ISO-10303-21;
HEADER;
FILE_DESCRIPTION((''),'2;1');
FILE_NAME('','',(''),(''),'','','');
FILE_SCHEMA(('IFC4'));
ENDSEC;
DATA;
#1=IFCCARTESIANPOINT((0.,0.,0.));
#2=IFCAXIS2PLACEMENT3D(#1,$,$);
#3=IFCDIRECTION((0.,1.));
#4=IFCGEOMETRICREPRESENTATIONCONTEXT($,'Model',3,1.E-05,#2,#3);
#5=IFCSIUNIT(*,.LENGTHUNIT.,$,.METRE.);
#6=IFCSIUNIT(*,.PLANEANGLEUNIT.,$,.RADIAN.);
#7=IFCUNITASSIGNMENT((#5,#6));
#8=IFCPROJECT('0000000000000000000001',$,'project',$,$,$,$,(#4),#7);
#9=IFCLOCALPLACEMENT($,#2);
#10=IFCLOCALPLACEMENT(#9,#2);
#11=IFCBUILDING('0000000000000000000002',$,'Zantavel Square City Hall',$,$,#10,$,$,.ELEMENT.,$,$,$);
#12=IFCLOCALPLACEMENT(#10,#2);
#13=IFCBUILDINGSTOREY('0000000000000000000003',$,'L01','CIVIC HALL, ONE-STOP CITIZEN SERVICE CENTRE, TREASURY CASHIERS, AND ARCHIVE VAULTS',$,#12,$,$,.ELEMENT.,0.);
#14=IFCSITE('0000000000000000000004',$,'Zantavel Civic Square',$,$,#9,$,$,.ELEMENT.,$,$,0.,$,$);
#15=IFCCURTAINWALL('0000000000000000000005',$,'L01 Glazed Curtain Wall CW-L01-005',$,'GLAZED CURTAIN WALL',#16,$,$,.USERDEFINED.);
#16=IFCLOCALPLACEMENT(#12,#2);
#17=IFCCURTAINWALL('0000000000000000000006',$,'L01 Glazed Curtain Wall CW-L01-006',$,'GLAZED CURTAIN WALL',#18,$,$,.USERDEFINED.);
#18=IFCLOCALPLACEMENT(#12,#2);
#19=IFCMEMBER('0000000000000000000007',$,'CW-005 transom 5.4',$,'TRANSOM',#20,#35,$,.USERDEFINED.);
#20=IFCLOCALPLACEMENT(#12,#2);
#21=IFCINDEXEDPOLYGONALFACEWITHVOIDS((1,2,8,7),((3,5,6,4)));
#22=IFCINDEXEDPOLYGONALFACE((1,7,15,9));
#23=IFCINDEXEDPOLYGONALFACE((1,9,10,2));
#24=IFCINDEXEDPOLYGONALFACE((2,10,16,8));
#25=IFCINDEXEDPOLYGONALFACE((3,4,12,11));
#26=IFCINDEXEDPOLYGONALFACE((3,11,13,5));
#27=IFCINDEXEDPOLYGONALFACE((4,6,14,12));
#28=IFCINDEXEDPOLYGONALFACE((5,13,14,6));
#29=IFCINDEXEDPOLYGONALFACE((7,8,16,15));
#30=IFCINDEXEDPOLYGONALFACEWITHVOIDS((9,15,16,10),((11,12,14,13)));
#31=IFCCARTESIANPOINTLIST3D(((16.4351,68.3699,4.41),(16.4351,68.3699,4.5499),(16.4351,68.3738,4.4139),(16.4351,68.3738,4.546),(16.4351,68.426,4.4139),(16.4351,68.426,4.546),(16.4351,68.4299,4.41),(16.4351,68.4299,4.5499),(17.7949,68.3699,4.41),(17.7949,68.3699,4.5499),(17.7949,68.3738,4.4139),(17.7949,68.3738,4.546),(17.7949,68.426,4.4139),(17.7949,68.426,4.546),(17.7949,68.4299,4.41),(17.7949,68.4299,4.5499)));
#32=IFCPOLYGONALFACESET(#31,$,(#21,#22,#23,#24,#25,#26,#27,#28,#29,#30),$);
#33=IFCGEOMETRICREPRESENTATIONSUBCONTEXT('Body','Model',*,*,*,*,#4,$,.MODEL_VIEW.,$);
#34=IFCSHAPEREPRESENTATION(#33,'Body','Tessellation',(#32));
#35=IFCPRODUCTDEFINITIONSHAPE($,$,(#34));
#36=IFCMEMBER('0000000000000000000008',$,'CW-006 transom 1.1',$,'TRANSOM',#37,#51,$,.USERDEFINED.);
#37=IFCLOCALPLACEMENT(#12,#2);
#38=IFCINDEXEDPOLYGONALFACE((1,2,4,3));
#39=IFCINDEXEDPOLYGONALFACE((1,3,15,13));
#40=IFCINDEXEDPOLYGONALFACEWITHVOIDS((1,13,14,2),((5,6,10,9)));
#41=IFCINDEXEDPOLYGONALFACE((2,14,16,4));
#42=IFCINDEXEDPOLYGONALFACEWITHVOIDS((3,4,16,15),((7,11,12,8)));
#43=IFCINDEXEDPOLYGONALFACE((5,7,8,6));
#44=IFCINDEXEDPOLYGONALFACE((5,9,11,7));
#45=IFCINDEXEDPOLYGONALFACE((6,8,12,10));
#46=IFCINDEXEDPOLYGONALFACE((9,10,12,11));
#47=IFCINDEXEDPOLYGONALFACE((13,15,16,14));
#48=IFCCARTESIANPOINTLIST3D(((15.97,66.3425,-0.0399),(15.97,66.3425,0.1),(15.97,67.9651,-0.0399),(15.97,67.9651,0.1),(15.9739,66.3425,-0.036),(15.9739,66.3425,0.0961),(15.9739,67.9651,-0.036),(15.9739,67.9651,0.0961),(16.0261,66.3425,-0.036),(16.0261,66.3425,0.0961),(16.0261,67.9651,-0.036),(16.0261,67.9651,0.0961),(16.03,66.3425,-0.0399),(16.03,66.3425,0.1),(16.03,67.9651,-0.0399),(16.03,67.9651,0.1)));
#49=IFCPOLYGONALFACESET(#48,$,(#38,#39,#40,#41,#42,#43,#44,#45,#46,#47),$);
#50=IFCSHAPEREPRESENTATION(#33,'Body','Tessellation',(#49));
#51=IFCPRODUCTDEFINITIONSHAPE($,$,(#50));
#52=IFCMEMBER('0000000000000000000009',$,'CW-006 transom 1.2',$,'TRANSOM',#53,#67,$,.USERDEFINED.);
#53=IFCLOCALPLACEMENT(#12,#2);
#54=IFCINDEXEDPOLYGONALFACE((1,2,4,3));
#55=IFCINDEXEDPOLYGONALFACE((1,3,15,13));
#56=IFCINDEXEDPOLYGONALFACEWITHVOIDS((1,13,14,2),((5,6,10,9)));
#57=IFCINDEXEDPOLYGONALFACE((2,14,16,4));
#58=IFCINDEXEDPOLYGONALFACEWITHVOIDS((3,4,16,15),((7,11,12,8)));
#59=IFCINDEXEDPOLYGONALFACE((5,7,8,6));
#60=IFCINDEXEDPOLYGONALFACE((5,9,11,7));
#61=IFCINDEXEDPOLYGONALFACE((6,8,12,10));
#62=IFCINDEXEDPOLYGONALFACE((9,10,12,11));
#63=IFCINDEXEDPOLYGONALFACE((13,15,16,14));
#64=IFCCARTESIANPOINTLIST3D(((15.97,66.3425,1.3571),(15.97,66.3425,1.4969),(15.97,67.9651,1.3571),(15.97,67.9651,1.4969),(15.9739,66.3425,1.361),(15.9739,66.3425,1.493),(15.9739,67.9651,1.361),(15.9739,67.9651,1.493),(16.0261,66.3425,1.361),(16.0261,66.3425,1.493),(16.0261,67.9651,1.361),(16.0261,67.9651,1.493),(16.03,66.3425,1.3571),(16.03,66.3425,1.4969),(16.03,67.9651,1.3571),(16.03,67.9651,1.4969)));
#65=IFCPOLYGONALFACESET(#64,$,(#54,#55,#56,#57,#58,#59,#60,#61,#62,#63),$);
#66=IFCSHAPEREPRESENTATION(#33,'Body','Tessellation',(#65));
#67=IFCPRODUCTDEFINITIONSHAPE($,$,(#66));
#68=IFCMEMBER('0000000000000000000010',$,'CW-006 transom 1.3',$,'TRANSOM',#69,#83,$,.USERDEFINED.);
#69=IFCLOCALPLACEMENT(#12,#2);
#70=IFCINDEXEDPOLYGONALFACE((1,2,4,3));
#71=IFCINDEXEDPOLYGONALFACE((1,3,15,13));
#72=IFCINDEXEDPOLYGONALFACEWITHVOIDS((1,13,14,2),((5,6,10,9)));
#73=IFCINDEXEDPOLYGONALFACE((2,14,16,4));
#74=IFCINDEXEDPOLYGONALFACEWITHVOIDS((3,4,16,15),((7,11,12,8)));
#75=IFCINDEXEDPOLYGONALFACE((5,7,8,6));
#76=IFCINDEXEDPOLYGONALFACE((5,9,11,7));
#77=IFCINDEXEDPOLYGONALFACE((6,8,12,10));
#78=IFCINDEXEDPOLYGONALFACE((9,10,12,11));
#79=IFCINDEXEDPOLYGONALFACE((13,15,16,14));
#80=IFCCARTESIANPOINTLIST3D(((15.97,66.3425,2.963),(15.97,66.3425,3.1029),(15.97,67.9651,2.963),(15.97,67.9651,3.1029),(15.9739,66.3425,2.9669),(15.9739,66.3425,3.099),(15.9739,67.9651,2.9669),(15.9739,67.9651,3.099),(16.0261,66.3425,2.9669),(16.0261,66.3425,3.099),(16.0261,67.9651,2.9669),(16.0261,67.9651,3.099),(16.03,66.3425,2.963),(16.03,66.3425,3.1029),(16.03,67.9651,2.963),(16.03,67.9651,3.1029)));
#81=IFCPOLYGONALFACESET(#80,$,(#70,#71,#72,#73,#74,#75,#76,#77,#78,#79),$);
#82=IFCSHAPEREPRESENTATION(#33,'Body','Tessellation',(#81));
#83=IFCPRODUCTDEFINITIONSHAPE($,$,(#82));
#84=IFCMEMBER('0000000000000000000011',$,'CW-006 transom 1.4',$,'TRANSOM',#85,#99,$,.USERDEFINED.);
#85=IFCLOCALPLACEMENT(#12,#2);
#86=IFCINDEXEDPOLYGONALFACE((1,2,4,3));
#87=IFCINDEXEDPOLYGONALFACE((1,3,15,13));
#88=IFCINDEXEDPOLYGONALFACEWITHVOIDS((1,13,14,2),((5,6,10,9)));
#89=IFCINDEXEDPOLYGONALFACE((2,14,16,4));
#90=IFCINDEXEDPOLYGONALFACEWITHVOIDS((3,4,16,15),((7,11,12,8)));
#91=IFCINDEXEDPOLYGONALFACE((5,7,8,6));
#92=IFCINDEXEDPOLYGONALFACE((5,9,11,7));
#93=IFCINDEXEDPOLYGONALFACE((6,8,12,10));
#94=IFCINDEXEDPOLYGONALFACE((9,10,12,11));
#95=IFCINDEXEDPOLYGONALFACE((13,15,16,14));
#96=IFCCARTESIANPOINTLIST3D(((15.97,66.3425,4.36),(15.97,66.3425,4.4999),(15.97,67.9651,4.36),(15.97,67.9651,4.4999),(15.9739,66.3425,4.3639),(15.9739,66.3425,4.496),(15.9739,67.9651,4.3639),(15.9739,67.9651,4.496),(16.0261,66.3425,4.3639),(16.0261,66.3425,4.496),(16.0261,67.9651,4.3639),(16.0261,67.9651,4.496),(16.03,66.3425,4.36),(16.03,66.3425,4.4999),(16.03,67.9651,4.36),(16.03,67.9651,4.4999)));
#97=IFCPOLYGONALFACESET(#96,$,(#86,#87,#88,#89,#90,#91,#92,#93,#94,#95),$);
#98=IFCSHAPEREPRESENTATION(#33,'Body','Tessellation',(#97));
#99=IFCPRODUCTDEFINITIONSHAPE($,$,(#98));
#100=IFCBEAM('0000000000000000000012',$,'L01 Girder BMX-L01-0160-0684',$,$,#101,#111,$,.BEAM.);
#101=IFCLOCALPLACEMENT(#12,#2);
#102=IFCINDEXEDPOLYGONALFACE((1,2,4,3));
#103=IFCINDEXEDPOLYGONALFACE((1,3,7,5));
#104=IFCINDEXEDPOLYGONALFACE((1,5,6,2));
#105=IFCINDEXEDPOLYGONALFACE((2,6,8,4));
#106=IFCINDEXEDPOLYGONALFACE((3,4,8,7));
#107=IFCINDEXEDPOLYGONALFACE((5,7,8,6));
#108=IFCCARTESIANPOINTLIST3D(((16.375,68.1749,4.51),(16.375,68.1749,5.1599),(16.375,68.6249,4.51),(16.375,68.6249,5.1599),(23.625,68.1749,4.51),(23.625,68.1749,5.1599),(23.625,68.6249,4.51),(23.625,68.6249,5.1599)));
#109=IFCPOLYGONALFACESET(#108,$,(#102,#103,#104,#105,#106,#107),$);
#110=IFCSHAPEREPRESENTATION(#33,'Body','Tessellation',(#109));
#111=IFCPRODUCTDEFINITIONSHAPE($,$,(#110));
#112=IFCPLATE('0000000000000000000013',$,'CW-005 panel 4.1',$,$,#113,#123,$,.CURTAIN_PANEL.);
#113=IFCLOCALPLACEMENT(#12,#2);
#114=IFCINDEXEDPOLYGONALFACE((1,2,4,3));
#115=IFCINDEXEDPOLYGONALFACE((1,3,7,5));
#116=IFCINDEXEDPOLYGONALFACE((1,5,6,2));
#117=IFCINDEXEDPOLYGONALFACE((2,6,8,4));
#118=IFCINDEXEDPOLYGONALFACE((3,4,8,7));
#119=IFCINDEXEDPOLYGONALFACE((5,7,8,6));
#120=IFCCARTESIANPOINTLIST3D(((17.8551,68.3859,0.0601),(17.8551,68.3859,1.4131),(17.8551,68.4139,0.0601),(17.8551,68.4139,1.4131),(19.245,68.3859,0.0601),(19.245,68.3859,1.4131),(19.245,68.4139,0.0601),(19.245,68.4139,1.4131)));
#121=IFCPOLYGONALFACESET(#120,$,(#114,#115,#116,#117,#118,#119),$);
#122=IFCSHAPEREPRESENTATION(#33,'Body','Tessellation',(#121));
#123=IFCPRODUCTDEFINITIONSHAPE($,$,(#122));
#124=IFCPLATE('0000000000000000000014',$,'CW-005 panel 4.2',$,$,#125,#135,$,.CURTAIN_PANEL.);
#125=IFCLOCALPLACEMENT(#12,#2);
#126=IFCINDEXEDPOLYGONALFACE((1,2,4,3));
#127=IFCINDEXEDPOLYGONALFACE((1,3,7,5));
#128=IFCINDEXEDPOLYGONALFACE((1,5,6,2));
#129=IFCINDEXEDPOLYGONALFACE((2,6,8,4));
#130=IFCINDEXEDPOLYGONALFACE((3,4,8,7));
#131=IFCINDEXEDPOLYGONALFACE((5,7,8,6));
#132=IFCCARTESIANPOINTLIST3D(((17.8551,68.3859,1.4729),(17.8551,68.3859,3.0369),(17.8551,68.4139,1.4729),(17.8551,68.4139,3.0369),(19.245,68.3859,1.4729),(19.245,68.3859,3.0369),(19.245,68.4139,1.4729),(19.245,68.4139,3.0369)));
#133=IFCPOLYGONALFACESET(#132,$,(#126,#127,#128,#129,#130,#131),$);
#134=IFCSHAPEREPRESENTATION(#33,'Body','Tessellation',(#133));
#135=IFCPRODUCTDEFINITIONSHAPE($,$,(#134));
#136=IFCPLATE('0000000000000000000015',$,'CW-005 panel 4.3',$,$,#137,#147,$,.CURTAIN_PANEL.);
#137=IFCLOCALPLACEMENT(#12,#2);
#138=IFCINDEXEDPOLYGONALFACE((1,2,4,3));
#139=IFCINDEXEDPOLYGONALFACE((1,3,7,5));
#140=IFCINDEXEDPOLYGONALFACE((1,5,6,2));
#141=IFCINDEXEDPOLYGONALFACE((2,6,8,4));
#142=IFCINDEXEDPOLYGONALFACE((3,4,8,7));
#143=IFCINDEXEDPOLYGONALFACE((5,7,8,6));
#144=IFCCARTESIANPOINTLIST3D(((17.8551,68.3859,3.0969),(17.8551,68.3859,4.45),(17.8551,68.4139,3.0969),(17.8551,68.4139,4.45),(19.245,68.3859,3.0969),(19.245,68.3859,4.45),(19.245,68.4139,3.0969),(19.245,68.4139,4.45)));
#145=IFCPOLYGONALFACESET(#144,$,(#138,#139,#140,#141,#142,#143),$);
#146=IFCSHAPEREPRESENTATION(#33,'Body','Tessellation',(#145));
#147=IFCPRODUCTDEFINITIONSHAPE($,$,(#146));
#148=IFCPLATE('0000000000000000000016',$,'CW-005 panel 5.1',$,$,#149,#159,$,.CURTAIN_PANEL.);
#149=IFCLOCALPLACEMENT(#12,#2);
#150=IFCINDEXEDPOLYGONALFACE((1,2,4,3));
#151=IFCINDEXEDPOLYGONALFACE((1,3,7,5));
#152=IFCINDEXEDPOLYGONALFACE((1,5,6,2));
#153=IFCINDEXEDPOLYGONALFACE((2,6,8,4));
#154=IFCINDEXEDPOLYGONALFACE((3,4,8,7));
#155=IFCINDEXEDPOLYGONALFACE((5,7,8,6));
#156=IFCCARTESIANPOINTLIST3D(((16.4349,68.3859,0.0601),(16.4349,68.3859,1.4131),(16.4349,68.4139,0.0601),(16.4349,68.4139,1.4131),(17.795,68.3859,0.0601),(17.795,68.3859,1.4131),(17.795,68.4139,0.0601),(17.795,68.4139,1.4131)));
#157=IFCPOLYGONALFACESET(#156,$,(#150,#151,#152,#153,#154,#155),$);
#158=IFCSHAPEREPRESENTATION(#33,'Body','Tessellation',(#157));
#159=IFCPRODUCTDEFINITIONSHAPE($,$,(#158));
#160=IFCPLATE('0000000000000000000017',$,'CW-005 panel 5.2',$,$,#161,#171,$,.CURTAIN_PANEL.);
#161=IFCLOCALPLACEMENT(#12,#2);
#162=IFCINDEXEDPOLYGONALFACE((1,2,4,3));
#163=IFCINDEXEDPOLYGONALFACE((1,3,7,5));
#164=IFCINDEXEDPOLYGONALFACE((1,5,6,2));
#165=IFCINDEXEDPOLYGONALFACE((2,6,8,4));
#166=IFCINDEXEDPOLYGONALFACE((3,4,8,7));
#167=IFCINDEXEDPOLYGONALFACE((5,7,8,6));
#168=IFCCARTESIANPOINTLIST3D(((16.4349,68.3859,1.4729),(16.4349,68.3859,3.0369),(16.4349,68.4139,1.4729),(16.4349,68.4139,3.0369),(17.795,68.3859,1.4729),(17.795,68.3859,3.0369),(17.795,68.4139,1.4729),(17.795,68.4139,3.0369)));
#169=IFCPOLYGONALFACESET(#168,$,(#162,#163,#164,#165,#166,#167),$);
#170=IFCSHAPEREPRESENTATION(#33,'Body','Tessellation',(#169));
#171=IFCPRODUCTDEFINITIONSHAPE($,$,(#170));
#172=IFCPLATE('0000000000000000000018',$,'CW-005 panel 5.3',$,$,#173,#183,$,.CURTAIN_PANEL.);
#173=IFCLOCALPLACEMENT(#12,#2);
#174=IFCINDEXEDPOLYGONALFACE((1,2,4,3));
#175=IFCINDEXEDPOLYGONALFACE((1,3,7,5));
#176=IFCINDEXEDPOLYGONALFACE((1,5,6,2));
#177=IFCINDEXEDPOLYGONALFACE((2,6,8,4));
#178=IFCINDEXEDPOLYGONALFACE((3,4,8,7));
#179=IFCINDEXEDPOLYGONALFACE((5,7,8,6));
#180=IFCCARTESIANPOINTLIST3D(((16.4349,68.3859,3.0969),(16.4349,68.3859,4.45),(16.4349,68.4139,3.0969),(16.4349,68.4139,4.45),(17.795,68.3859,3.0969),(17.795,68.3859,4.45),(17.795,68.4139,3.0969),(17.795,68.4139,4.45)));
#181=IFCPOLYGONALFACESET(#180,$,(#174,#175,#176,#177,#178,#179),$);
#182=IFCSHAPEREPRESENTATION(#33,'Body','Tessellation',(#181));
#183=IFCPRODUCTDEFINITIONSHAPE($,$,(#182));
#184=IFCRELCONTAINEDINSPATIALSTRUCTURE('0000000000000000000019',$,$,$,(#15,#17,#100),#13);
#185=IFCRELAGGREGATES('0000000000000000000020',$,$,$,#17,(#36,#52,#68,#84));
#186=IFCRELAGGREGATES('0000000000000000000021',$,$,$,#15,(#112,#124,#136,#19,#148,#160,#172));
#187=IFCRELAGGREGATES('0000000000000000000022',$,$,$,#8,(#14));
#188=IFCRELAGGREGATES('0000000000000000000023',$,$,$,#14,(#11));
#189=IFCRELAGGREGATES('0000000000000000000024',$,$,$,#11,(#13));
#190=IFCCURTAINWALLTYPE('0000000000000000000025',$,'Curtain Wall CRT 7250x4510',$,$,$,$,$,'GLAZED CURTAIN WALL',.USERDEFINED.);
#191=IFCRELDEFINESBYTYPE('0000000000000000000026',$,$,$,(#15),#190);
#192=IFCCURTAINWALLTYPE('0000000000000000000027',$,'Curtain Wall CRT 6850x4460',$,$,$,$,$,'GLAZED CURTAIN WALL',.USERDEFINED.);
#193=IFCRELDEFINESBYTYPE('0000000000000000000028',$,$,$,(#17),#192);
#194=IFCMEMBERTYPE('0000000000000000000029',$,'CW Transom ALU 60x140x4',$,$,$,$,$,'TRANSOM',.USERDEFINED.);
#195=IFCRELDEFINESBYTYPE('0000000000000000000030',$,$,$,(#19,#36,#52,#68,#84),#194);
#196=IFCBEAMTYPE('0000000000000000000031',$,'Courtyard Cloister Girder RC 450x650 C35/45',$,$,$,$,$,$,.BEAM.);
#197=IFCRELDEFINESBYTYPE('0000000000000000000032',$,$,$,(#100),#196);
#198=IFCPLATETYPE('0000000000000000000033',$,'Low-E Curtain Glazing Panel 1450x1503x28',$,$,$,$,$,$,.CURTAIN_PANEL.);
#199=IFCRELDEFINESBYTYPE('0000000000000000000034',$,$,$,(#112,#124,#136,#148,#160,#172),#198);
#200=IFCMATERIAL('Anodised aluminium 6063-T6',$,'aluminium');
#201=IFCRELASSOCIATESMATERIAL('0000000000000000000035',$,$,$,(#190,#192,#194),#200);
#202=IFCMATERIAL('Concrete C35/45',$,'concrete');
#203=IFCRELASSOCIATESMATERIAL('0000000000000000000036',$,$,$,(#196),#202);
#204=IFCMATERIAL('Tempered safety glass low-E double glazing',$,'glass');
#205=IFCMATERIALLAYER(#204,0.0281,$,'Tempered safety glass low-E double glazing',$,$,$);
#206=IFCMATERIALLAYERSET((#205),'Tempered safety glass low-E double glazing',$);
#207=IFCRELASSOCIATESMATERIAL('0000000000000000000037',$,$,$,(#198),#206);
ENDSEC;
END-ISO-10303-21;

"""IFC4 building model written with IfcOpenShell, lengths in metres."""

from ifc_helpers import new_model, si_unit, direction, frame, origin, origin_2d, place, context, subcontext, project, spatial, rectangle, hollow_rectangle, extrude, material, layer, layer_set, material_profile, profile_set, type_object, element, aggregate, save


model = new_model("IFC4")

# Units and contexts
model_context = context("Model", 3, precision=1e-05, world=origin(), true_north=direction((0.0, 1.0)))
body_context = subcontext(model_context, "Body", "Model", "MODEL_VIEW")
ifc_project = project(units=[si_unit("LENGTHUNIT", "METRE"), si_unit("PLANEANGLEUNIT", "RADIAN")], contexts=[model_context])

# Site, building, storey
site_placement = place(None, origin())
site = spatial("IfcSite", under=ifc_project, at=site_placement, Name="Zantavel Civic Square", CompositionType="ELEMENT", RefElevation=0.0)
building_placement = place(site_placement, origin())
building = spatial("IfcBuilding", under=site, at=building_placement, Name="Zantavel Square City Hall", CompositionType="ELEMENT")
storey_placement = place(building_placement, origin())
storey = spatial("IfcBuildingStorey", under=building, at=storey_placement, Name="L01", Description="CIVIC HALL, ONE-STOP CITIZEN SERVICE CENTRE, TREASURY CASHIERS, AND ARCHIVE VAULTS", CompositionType="ELEMENT", Elevation=0.0)

# Curtain wall
ifc_material_1 = material(Name="Anodised aluminium 6063-T6", Category="aluminium")
curtain_wall_type_1 = type_object("IfcCurtainWallType", Name="Curtain Wall CRT 7250x4510", ElementType="GLAZED CURTAIN WALL", PredefinedType="USERDEFINED", material=ifc_material_1)
curtain_wall_1_placement = place(storey_placement, origin())
curtain_wall_1 = element("IfcCurtainWall", 1, at=curtain_wall_1_placement, inside=storey, type_object=curtain_wall_type_1, Name="L01 Glazed Curtain Wall CW-L01-005", ObjectType="GLAZED CURTAIN WALL", PredefinedType="USERDEFINED")

# Curtain wall
curtain_wall_type_2 = type_object("IfcCurtainWallType", Name="Curtain Wall CRT 6850x4460", ElementType="GLAZED CURTAIN WALL", PredefinedType="USERDEFINED", material=ifc_material_1)
curtain_wall_2_placement = place(storey_placement, origin())
curtain_wall_2 = element("IfcCurtainWall", 2, at=curtain_wall_2_placement, inside=storey, type_object=curtain_wall_type_2, Name="L01 Glazed Curtain Wall CW-L01-006", ObjectType="GLAZED CURTAIN WALL", PredefinedType="USERDEFINED")

# Members
ifc_material_profile_1 = material_profile(ifc_material_1, hollow_rectangle(XDim=0.0601, YDim=0.1399, WallThickness=0.0039, at=origin_2d()), Name="ALU 60x140x4")
ifc_profile_set_1 = profile_set([ifc_material_profile_1], Name="Anodised aluminium 6063-T6")
member_type_1 = type_object("IfcMemberType", Name="CW Transom ALU 60x140x4", ElementType="TRANSOM", PredefinedType="USERDEFINED", material=ifc_profile_set_1)
member_1_placement = place(storey_placement, frame((17.7949, 68.3999, 4.48), z_axis=(-1.0, 0.0, 0.0), x_axis=(0.0, -1.0, 0.0)))
member_1 = element("IfcMember", 3, at=member_1_placement, type_object=member_type_1, Name="CW-005 transom 5.4", ObjectType="TRANSOM", PredefinedType="USERDEFINED", context=body_context, shape_type="SweptSolid", body=[
    extrude(hollow_rectangle(XDim=0.0601, YDim=0.1399, WallThickness=0.0039, at=origin_2d()), origin(), (0.0, 0.0, 1.0), 1.3599),
])
member_2_placement = place(storey_placement, frame((16.0, 67.9651, 0.03), z_axis=(0.0, -1.0, 0.0), x_axis=(1.0, 0.0, 0.0)))
member_2 = element("IfcMember", 4, at=member_2_placement, type_object=member_type_1, Name="CW-006 transom 1.1", ObjectType="TRANSOM", PredefinedType="USERDEFINED", context=body_context, shape_type="SweptSolid", body=[
    extrude(hollow_rectangle(XDim=0.0601, YDim=0.1399, WallThickness=0.0039, at=origin_2d()), origin(), (0.0, 0.0, 1.0), 1.6226),
])
member_3_placement = place(storey_placement, frame((16.0, 67.9651, 1.427), z_axis=(0.0, -1.0, 0.0), x_axis=(1.0, 0.0, 0.0)))
member_3 = element("IfcMember", 5, at=member_3_placement, type_object=member_type_1, Name="CW-006 transom 1.2", ObjectType="TRANSOM", PredefinedType="USERDEFINED", context=body_context, shape_type="SweptSolid", body=[
    extrude(hollow_rectangle(XDim=0.0601, YDim=0.1399, WallThickness=0.0039, at=origin_2d()), origin(), (0.0, 0.0, 1.0), 1.6226),
])
member_4_placement = place(storey_placement, frame((16.0, 67.9651, 3.033), z_axis=(0.0, -1.0, 0.0), x_axis=(1.0, 0.0, 0.0)))
member_4 = element("IfcMember", 6, at=member_4_placement, type_object=member_type_1, Name="CW-006 transom 1.3", ObjectType="TRANSOM", PredefinedType="USERDEFINED", context=body_context, shape_type="SweptSolid", body=[
    extrude(hollow_rectangle(XDim=0.0601, YDim=0.1399, WallThickness=0.0039, at=origin_2d()), origin(), (0.0, 0.0, 1.0), 1.6226),
])
member_5_placement = place(storey_placement, frame((16.0, 67.9651, 4.4299), z_axis=(0.0, -1.0, 0.0), x_axis=(1.0, 0.0, 0.0)))
member_5 = element("IfcMember", 7, at=member_5_placement, type_object=member_type_1, Name="CW-006 transom 1.4", ObjectType="TRANSOM", PredefinedType="USERDEFINED", context=body_context, shape_type="SweptSolid", body=[
    extrude(hollow_rectangle(XDim=0.0601, YDim=0.1399, WallThickness=0.0039, at=origin_2d()), origin(), (0.0, 0.0, 1.0), 1.6226),
])
aggregate(curtain_wall_2, [member_2, member_3, member_4, member_5])

# Beam
ifc_material_2 = material(Name="Concrete C35/45", Category="concrete")
ifc_material_profile_2 = material_profile(ifc_material_2, rectangle(XDim=0.45, YDim=0.6499, at=origin_2d()), Name="RC 450x650")
ifc_profile_set_2 = profile_set([ifc_material_profile_2], Name="Concrete C35/45")
beam_type = type_object("IfcBeamType", Name="Courtyard Cloister Girder RC 450x650 C35/45", PredefinedType="BEAM", material=ifc_profile_set_2)
beam_placement = place(storey_placement, frame((16.375, 68.3999, 4.835), z_axis=(1.0, 0.0, 0.0), x_axis=(0.0, 1.0, 0.0)))
element("IfcBeam", 8, at=beam_placement, inside=storey, type_object=beam_type, Name="L01 Girder BMX-L01-0160-0684", PredefinedType="BEAM", context=body_context, shape_type="SweptSolid", body=[
    extrude(rectangle(XDim=0.45, YDim=0.6499, at=origin_2d()), origin(), (0.0, 0.0, 1.0), 7.25),
])

# Plates
ifc_material_3 = material(Name="Tempered safety glass low-E double glazing", Category="glass")
ifc_layer = layer(ifc_material_3, 0.0281, Name="Tempered safety glass low-E double glazing")
ifc_layer_set = layer_set([ifc_layer], Name="Tempered safety glass low-E double glazing")
plate_type = type_object("IfcPlateType", Name="Low-E Curtain Glazing Panel 1450x1503x28", PredefinedType="CURTAIN_PANEL", material=ifc_layer_set)
plate_1_placement = place(storey_placement, frame((18.55, 68.3999, 0.0601), z_axis=(0.0, 0.0, 1.0), x_axis=(-1.0, 0.0, 0.0)))
plate_1 = element("IfcPlate", 9, at=plate_1_placement, type_object=plate_type, Name="CW-005 panel 4.1", PredefinedType="CURTAIN_PANEL", context=body_context, shape_type="SweptSolid", body=[
    extrude(rectangle(XDim=1.3899, YDim=0.0281, at=origin_2d()), origin(), (0.0, 0.0, 1.0), 1.353),
])
plate_2_placement = place(storey_placement, frame((18.55, 68.3999, 1.4729), z_axis=(0.0, 0.0, 1.0), x_axis=(-1.0, 0.0, 0.0)))
plate_2 = element("IfcPlate", 10, at=plate_2_placement, type_object=plate_type, Name="CW-005 panel 4.2", PredefinedType="CURTAIN_PANEL", context=body_context, shape_type="SweptSolid", body=[
    extrude(rectangle(XDim=1.3899, YDim=0.0281, at=origin_2d()), origin(), (0.0, 0.0, 1.0), 1.564),
])
plate_3_placement = place(storey_placement, frame((18.55, 68.3999, 3.0969), z_axis=(0.0, 0.0, 1.0), x_axis=(-1.0, 0.0, 0.0)))
plate_3 = element("IfcPlate", 11, at=plate_3_placement, type_object=plate_type, Name="CW-005 panel 4.3", PredefinedType="CURTAIN_PANEL", context=body_context, shape_type="SweptSolid", body=[
    extrude(rectangle(XDim=1.3899, YDim=0.0281, at=origin_2d()), origin(), (0.0, 0.0, 1.0), 1.353),
])
plate_4_placement = place(storey_placement, frame((17.115, 68.3999, 0.0601), z_axis=(0.0, 0.0, 1.0), x_axis=(-1.0, 0.0, 0.0)))
plate_4 = element("IfcPlate", 12, at=plate_4_placement, type_object=plate_type, Name="CW-005 panel 5.1", PredefinedType="CURTAIN_PANEL", context=body_context, shape_type="SweptSolid", body=[
    extrude(rectangle(XDim=1.3601, YDim=0.0281, at=origin_2d()), origin(), (0.0, 0.0, 1.0), 1.353),
])
plate_5_placement = place(storey_placement, frame((17.115, 68.3999, 1.4729), z_axis=(0.0, 0.0, 1.0), x_axis=(-1.0, 0.0, 0.0)))
plate_5 = element("IfcPlate", 13, at=plate_5_placement, type_object=plate_type, Name="CW-005 panel 5.2", PredefinedType="CURTAIN_PANEL", context=body_context, shape_type="SweptSolid", body=[
    extrude(rectangle(XDim=1.3601, YDim=0.0281, at=origin_2d()), origin(), (0.0, 0.0, 1.0), 1.564),
])
plate_6_placement = place(storey_placement, frame((17.115, 68.3999, 3.0969), z_axis=(0.0, 0.0, 1.0), x_axis=(-1.0, 0.0, 0.0)))
plate_6 = element("IfcPlate", 14, at=plate_6_placement, type_object=plate_type, Name="CW-005 panel 5.3", PredefinedType="CURTAIN_PANEL", context=body_context, shape_type="SweptSolid", body=[
    extrude(rectangle(XDim=1.3601, YDim=0.0281, at=origin_2d()), origin(), (0.0, 0.0, 1.0), 1.353),
])
aggregate(curtain_wall_1, [plate_1, plate_2, plate_3, member_1, plate_4, plate_5, plate_6])

save(model, "model.ifc")
